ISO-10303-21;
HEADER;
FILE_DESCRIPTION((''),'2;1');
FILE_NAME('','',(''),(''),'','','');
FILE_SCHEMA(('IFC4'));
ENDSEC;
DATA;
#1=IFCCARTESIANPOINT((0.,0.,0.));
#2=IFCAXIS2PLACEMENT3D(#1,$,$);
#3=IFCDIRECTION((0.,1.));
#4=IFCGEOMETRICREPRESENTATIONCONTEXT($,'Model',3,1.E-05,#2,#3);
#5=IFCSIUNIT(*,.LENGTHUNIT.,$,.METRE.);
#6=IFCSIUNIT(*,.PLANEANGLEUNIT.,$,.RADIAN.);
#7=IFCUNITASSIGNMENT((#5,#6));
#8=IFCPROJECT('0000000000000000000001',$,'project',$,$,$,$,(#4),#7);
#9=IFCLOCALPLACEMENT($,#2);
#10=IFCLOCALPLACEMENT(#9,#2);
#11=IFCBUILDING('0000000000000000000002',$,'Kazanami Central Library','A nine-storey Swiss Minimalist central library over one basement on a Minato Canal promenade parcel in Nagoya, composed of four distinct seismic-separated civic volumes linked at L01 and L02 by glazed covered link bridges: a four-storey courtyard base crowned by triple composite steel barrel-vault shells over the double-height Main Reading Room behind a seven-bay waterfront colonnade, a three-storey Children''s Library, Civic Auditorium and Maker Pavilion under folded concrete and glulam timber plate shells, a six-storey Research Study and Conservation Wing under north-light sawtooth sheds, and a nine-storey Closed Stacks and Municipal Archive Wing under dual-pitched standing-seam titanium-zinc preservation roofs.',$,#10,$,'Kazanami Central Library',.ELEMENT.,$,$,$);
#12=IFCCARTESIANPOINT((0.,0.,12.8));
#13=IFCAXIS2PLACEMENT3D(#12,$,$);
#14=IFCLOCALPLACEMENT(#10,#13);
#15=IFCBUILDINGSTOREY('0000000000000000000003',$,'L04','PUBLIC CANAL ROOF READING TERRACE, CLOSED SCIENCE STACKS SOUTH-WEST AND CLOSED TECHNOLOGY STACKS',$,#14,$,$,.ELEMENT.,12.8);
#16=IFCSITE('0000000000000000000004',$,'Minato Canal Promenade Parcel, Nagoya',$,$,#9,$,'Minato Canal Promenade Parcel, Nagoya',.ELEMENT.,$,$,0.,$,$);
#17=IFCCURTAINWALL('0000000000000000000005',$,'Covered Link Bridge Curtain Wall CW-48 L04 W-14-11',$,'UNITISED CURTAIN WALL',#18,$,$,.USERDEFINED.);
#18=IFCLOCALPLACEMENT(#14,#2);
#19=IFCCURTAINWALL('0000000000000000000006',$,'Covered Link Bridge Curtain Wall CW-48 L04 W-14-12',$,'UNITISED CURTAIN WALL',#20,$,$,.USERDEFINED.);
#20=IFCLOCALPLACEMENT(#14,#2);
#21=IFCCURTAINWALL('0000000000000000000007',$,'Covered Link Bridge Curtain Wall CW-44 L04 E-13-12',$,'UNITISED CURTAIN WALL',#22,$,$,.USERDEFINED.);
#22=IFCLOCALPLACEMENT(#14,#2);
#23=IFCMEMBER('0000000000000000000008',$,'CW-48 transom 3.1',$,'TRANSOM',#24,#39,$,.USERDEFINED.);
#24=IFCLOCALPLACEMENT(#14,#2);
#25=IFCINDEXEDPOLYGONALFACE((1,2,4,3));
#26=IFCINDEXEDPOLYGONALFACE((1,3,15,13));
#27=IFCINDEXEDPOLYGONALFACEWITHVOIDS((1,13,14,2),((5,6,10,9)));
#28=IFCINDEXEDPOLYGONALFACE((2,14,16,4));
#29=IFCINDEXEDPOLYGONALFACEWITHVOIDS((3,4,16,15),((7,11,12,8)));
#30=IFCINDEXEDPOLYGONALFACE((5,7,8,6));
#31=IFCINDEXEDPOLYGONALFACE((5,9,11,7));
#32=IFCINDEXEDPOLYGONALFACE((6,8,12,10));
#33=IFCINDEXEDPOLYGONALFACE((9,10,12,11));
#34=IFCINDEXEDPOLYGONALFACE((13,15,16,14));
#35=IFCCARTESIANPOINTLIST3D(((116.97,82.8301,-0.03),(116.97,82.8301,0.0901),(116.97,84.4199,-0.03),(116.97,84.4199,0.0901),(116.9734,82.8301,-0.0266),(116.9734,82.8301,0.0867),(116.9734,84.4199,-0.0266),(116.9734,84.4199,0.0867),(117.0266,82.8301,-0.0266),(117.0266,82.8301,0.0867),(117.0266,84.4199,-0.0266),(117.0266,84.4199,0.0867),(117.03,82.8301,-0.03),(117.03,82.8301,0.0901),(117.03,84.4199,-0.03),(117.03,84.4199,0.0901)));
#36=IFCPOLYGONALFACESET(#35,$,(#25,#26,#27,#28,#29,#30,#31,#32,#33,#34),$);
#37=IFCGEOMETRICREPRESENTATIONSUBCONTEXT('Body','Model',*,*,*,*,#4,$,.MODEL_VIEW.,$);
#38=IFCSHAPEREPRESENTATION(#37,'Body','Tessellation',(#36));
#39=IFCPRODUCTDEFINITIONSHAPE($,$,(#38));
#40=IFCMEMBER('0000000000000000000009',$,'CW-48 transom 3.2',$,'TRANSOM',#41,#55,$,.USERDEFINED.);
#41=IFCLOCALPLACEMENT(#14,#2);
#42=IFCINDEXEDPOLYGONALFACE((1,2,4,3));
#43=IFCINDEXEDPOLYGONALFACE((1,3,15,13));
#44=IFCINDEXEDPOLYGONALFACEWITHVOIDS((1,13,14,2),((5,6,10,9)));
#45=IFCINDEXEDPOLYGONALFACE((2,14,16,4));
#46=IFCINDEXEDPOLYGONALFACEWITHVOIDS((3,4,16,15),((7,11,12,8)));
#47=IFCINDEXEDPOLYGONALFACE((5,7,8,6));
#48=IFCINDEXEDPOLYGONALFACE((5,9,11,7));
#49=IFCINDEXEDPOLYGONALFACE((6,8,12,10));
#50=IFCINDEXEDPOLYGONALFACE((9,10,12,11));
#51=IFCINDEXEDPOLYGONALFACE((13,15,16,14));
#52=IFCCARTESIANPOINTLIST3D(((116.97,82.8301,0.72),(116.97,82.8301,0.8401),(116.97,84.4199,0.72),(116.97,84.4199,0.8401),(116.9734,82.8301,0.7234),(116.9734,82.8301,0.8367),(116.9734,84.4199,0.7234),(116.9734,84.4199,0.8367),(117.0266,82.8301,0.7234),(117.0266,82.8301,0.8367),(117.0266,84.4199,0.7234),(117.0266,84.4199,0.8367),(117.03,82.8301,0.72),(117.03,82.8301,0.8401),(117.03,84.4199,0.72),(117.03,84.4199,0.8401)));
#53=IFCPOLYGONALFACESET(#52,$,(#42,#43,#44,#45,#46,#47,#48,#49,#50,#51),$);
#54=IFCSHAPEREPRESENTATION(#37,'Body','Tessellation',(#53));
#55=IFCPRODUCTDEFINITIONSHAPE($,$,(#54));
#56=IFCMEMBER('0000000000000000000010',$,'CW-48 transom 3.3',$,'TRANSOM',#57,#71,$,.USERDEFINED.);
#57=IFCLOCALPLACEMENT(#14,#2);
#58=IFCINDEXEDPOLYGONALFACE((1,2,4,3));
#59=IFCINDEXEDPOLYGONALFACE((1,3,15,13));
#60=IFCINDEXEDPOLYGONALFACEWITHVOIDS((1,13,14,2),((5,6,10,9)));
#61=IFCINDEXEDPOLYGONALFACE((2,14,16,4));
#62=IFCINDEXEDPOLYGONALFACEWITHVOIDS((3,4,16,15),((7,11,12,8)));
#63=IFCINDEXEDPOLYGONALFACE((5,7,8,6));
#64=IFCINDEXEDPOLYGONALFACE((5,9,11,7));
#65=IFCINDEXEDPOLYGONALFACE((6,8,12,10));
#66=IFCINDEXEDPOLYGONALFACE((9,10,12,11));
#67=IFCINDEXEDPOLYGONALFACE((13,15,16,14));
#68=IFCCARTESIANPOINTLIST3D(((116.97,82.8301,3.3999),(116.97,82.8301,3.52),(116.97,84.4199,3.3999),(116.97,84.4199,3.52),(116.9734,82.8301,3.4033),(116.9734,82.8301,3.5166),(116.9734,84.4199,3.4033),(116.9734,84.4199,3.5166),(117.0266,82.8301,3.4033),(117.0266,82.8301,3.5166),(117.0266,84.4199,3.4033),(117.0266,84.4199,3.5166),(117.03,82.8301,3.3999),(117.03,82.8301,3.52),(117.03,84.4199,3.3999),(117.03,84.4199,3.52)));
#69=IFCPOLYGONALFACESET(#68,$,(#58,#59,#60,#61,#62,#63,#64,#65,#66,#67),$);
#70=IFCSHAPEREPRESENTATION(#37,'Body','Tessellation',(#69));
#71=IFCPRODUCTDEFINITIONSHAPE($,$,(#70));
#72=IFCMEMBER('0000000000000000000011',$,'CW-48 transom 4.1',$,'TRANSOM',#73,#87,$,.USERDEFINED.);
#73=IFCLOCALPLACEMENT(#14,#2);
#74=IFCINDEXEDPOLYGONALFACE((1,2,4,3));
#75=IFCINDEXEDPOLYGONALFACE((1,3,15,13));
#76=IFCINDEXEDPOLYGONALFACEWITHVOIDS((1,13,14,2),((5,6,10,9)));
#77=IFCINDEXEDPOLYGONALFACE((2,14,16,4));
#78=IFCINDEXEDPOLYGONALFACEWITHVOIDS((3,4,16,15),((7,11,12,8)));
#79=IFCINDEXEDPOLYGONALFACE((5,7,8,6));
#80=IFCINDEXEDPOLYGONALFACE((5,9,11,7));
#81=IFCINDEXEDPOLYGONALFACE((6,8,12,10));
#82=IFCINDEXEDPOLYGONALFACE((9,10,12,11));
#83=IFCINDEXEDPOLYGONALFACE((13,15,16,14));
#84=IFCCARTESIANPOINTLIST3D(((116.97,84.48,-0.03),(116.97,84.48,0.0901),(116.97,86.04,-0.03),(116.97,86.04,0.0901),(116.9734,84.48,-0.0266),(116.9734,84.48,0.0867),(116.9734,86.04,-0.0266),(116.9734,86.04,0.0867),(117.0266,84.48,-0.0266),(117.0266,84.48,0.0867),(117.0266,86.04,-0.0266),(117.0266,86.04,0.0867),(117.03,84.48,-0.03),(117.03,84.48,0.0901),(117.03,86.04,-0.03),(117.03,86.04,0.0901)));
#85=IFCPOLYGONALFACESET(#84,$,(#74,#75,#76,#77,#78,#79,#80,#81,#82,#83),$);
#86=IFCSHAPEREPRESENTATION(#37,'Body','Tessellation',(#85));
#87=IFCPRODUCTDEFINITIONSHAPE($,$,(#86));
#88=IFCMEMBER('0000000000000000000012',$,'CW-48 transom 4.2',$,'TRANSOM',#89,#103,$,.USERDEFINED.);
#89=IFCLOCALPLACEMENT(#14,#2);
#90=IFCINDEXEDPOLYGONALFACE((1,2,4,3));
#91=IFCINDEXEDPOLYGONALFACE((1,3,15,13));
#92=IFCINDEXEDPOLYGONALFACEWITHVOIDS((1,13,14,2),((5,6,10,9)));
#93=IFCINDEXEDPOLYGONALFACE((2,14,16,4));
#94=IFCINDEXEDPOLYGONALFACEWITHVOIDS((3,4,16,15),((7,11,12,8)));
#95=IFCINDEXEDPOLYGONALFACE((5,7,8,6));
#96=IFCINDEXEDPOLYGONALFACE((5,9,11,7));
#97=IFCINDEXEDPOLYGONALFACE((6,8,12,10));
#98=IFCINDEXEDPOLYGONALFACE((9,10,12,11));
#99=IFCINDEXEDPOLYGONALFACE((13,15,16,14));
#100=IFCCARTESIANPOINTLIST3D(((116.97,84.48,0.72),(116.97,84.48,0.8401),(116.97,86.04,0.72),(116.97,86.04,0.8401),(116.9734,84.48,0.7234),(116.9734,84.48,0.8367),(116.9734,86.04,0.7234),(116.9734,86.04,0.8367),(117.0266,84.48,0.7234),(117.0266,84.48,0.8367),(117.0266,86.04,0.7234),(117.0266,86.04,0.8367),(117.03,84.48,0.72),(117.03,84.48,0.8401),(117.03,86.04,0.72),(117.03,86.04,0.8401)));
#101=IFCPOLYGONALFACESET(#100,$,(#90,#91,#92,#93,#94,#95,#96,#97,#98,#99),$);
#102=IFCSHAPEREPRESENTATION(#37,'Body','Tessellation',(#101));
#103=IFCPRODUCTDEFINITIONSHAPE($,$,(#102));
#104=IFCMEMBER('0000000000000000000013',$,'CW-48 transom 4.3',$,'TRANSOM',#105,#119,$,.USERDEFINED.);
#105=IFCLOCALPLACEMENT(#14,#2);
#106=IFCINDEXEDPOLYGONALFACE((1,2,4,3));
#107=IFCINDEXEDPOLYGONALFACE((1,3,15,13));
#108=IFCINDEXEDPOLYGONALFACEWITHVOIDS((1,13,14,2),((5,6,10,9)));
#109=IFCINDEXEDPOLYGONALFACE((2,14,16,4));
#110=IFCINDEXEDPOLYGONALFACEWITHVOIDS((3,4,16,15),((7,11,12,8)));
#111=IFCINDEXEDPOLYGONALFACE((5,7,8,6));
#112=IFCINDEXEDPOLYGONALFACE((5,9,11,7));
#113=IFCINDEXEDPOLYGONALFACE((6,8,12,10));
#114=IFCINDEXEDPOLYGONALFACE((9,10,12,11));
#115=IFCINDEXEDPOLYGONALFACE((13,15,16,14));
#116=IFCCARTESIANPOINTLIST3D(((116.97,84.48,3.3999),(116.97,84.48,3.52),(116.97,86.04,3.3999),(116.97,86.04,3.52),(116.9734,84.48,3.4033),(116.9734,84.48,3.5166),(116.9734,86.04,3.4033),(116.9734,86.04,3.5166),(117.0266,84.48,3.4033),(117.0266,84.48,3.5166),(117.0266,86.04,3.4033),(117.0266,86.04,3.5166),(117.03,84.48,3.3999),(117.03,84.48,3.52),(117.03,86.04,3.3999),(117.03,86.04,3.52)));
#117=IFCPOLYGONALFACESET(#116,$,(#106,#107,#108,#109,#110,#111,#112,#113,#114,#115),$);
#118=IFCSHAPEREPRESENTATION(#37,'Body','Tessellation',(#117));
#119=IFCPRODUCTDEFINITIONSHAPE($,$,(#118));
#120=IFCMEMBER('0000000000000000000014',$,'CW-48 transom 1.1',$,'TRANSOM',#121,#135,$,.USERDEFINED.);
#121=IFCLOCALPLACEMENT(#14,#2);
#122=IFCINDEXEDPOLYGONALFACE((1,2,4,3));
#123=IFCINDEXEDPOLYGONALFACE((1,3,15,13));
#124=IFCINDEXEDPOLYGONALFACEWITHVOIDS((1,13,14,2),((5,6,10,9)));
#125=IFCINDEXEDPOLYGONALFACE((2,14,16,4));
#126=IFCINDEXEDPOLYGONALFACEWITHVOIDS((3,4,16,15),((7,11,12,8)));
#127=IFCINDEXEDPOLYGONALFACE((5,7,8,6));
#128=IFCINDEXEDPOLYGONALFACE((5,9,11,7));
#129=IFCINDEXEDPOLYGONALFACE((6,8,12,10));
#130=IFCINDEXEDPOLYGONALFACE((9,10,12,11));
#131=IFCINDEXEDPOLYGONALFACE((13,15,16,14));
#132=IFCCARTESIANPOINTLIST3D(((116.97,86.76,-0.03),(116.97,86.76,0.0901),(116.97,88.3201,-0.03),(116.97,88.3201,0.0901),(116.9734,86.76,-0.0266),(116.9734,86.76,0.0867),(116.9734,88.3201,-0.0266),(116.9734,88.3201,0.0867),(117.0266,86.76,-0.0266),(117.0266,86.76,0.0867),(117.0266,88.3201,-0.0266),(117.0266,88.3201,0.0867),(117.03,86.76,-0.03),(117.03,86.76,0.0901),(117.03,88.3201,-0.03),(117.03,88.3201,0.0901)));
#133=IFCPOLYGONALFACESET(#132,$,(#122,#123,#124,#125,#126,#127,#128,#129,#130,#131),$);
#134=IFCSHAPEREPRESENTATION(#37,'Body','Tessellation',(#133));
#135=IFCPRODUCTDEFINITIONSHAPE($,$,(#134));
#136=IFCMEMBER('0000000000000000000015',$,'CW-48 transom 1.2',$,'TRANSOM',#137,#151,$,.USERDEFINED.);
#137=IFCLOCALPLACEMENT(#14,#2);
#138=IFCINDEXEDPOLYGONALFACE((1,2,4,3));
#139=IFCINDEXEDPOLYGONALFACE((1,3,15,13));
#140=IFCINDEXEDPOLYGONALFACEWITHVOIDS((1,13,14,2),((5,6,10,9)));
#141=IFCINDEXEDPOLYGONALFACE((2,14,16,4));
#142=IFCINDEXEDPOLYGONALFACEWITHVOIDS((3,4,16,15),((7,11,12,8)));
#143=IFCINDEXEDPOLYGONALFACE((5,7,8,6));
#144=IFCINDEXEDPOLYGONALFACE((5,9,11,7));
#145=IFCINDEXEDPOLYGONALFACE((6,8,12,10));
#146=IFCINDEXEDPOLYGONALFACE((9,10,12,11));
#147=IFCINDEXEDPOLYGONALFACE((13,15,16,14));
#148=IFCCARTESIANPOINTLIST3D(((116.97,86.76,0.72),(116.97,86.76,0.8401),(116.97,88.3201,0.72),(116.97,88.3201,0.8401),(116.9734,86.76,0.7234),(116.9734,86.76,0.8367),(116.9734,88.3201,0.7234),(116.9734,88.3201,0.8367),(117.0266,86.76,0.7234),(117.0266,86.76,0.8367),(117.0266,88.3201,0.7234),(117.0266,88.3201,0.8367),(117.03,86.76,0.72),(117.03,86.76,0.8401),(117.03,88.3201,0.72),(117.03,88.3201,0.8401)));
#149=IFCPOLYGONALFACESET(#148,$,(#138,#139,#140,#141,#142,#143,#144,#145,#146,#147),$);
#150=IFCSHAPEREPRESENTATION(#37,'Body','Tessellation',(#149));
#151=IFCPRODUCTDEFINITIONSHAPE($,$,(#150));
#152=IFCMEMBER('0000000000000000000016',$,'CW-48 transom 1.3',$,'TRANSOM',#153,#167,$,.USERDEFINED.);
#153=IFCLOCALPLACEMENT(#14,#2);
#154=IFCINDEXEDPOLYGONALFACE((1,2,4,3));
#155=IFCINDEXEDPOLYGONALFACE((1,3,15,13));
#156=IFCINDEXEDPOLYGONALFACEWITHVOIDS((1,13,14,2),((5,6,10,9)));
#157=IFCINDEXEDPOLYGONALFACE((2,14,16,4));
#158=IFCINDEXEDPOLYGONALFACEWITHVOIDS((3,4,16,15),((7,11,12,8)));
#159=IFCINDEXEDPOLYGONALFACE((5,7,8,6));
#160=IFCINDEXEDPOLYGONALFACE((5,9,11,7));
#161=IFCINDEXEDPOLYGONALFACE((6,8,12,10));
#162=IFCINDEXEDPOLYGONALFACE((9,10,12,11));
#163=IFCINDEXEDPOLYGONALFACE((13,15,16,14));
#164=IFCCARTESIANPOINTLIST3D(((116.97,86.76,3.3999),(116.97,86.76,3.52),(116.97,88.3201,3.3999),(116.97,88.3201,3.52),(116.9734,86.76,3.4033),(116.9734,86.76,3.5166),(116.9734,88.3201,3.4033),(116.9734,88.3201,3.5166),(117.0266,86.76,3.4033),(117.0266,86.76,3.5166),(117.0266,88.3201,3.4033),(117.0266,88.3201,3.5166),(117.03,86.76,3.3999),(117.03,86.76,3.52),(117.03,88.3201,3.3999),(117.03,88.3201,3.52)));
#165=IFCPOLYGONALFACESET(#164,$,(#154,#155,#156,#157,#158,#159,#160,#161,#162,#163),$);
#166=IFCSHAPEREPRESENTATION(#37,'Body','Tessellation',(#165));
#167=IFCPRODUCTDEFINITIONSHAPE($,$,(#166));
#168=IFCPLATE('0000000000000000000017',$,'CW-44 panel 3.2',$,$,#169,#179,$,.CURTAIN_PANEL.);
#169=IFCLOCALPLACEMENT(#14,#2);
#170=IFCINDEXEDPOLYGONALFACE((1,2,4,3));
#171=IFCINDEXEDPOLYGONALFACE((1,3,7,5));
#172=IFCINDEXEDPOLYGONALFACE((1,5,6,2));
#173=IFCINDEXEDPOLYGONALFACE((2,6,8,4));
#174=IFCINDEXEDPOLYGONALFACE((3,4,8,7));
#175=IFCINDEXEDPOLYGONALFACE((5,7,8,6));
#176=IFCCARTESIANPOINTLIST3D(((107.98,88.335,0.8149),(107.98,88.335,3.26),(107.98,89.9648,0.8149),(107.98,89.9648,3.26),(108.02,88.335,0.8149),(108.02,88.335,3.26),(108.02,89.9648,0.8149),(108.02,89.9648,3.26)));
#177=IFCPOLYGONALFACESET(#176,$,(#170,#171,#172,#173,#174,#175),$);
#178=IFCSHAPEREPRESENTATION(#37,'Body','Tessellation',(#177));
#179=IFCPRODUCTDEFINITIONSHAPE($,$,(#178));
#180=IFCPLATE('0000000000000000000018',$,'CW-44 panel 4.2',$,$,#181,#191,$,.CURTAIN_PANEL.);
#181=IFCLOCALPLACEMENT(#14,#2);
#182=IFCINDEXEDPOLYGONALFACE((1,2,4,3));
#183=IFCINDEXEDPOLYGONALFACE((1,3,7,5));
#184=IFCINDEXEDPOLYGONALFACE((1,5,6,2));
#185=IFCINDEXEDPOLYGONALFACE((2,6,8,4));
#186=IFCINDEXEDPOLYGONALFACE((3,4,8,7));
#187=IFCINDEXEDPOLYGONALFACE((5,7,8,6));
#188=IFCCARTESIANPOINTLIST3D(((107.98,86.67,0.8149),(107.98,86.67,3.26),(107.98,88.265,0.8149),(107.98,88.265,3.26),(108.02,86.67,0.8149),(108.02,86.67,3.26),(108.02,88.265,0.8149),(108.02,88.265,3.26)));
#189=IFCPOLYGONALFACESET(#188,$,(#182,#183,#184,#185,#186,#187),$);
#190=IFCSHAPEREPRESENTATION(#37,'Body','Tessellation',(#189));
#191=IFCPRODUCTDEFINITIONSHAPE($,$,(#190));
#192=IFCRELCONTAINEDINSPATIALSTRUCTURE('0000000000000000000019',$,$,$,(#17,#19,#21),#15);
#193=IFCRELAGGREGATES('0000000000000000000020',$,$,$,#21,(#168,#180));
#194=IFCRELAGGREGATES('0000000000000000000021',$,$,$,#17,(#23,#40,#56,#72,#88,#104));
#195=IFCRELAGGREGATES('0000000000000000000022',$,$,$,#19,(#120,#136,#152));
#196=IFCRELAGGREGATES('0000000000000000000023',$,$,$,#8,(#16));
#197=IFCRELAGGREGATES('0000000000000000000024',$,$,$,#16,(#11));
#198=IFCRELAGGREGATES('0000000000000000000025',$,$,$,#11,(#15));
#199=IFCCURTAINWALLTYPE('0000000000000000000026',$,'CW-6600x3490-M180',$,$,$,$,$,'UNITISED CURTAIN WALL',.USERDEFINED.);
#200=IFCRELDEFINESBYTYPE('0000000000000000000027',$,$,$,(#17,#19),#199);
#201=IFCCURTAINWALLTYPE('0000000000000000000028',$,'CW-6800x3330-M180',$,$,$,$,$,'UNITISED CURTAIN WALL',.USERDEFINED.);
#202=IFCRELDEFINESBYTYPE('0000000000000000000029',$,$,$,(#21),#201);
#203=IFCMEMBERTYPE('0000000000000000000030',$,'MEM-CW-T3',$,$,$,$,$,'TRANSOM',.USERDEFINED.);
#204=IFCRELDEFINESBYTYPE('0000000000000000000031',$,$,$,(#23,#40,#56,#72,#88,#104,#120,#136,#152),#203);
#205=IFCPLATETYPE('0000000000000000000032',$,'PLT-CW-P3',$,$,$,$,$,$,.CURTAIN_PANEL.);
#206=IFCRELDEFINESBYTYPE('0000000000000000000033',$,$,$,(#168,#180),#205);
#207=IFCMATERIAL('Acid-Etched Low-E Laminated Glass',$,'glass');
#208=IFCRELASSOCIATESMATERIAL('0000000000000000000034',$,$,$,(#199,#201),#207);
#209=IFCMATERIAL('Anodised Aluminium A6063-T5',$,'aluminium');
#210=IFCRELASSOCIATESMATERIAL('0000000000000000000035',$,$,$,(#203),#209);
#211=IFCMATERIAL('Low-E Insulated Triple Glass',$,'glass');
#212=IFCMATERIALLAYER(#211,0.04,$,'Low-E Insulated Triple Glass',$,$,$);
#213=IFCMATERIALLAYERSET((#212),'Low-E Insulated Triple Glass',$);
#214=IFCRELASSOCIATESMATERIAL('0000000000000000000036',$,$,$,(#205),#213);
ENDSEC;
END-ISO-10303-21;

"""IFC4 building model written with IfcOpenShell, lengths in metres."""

from ifc_helpers import new_model, si_unit, direction, frame, origin, origin_2d, place, context, subcontext, project, spatial, rectangle, hollow_rectangle, extrude, material, layer, layer_set, material_profile, profile_set, type_object, element, aggregate, save


model = new_model("IFC4")

# Units and contexts
model_context = context("Model", 3, precision=1e-05, world=origin(), true_north=direction((0.0, 1.0)))
body_context = subcontext(model_context, "Body", "Model", "MODEL_VIEW")
ifc_project = project(units=[si_unit("LENGTHUNIT", "METRE"), si_unit("PLANEANGLEUNIT", "RADIAN")], contexts=[model_context])

# Site, building, storey
site_placement = place(None, origin())
site = spatial("IfcSite", under=ifc_project, at=site_placement, Name="Minato Canal Promenade Parcel, Nagoya", LongName="Minato Canal Promenade Parcel, Nagoya", CompositionType="ELEMENT", RefElevation=0.0)
building_placement = place(site_placement, origin())
building = spatial("IfcBuilding", under=site, at=building_placement, Name="Kazanami Central Library", Description="A nine-storey Swiss Minimalist central library over one basement on a Minato Canal promenade parcel in Nagoya, composed of four distinct seismic-separated civic volumes linked at L01 and L02 by glazed covered link bridges: a four-storey courtyard base crowned by triple composite steel barrel-vault shells over the double-height Main Reading Room behind a seven-bay waterfront colonnade, a three-storey Children's Library, Civic Auditorium and Maker Pavilion under folded concrete and glulam timber plate shells, a six-storey Research Study and Conservation Wing under north-light sawtooth sheds, and a nine-storey Closed Stacks and Municipal Archive Wing under dual-pitched standing-seam titanium-zinc preservation roofs.", LongName="Kazanami Central Library", CompositionType="ELEMENT")
storey_placement = place(building_placement, frame((0.0, 0.0, 12.8)))
storey = spatial("IfcBuildingStorey", under=building, at=storey_placement, Name="L04", Description="PUBLIC CANAL ROOF READING TERRACE, CLOSED SCIENCE STACKS SOUTH-WEST AND CLOSED TECHNOLOGY STACKS", CompositionType="ELEMENT", Elevation=12.8)

# Curtain wall
ifc_material_1 = material(Name="Acid-Etched Low-E Laminated Glass", Category="glass")
curtain_wall_type_1 = type_object("IfcCurtainWallType", Name="CW-6600x3490-M180", ElementType="UNITISED CURTAIN WALL", PredefinedType="USERDEFINED", material=ifc_material_1)
curtain_wall_1_placement = place(storey_placement, origin())
curtain_wall_1 = element("IfcCurtainWall", 1, at=curtain_wall_1_placement, inside=storey, type_object=curtain_wall_type_1, Name="Covered Link Bridge Curtain Wall CW-48 L04 W-14-11", ObjectType="UNITISED CURTAIN WALL", PredefinedType="USERDEFINED")
ifc_material_2 = material(Name="Anodised Aluminium A6063-T5", Category="aluminium")

# Curtain wall
curtain_wall_2_placement = place(storey_placement, origin())
curtain_wall_2 = element("IfcCurtainWall", 2, at=curtain_wall_2_placement, inside=storey, type_object=curtain_wall_type_1, Name="Covered Link Bridge Curtain Wall CW-48 L04 W-14-12", ObjectType="UNITISED CURTAIN WALL", PredefinedType="USERDEFINED")

# Curtain wall
curtain_wall_type_2 = type_object("IfcCurtainWallType", Name="CW-6800x3330-M180", ElementType="UNITISED CURTAIN WALL", PredefinedType="USERDEFINED", material=ifc_material_1)
curtain_wall_3_placement = place(storey_placement, origin())
curtain_wall_3 = element("IfcCurtainWall", 3, at=curtain_wall_3_placement, inside=storey, type_object=curtain_wall_type_2, Name="Covered Link Bridge Curtain Wall CW-44 L04 E-13-12", ObjectType="UNITISED CURTAIN WALL", PredefinedType="USERDEFINED")

# Members
ifc_material_profile_1 = material_profile(ifc_material_2, hollow_rectangle(XDim=0.0601, YDim=0.1201, WallThickness=0.0034, at=origin_2d()), Name="ALU-TRAN-60x120x3.5")
ifc_profile_set_1 = profile_set([ifc_material_profile_1], Name="Anodised Aluminium A6063-T5")
member_type_1 = type_object("IfcMemberType", Name="MEM-CW-T3", ElementType="TRANSOM", PredefinedType="USERDEFINED", material=ifc_profile_set_1)
member_1_placement = place(storey_placement, frame((117.0, 82.8301, 0.03), z_axis=(0.0, 1.0, 0.0), x_axis=(-1.0, 0.0, 0.0)))
member_1 = element("IfcMember", 4, at=member_1_placement, type_object=member_type_1, Name="CW-48 transom 3.1", ObjectType="TRANSOM", PredefinedType="USERDEFINED", context=body_context, shape_type="SweptSolid", body=[
    extrude(hollow_rectangle(XDim=0.0601, YDim=0.1201, WallThickness=0.0034, at=origin_2d()), origin(), (0.0, 0.0, 1.0), 1.5898),
])
member_2_placement = place(storey_placement, frame((117.0, 82.8301, 0.78), z_axis=(0.0, 1.0, 0.0), x_axis=(-1.0, 0.0, 0.0)))
member_2 = element("IfcMember", 5, at=member_2_placement, type_object=member_type_1, Name="CW-48 transom 3.2", ObjectType="TRANSOM", PredefinedType="USERDEFINED", context=body_context, shape_type="SweptSolid", body=[
    extrude(hollow_rectangle(XDim=0.0601, YDim=0.1201, WallThickness=0.0034, at=origin_2d()), origin(), (0.0, 0.0, 1.0), 1.5898),
])
member_3_placement = place(storey_placement, frame((117.0, 82.8301, 3.46), z_axis=(0.0, 1.0, 0.0), x_axis=(-1.0, 0.0, 0.0)))
member_3 = element("IfcMember", 6, at=member_3_placement, type_object=member_type_1, Name="CW-48 transom 3.3", ObjectType="TRANSOM", PredefinedType="USERDEFINED", context=body_context, shape_type="SweptSolid", body=[
    extrude(hollow_rectangle(XDim=0.0601, YDim=0.1201, WallThickness=0.0034, at=origin_2d()), origin(), (0.0, 0.0, 1.0), 1.5898),
])
member_4_placement = place(storey_placement, frame((117.0, 84.48, 0.03), z_axis=(0.0, 1.0, 0.0), x_axis=(-1.0, 0.0, 0.0)))
member_4 = element("IfcMember", 7, at=member_4_placement, type_object=member_type_1, Name="CW-48 transom 4.1", ObjectType="TRANSOM", PredefinedType="USERDEFINED", context=body_context, shape_type="SweptSolid", body=[
    extrude(hollow_rectangle(XDim=0.0601, YDim=0.1201, WallThickness=0.0034, at=origin_2d()), origin(), (0.0, 0.0, 1.0), 1.5601),
])
member_5_placement = place(storey_placement, frame((117.0, 84.48, 0.78), z_axis=(0.0, 1.0, 0.0), x_axis=(-1.0, 0.0, 0.0)))
member_5 = element("IfcMember", 8, at=member_5_placement, type_object=member_type_1, Name="CW-48 transom 4.2", ObjectType="TRANSOM", PredefinedType="USERDEFINED", context=body_context, shape_type="SweptSolid", body=[
    extrude(hollow_rectangle(XDim=0.0601, YDim=0.1201, WallThickness=0.0034, at=origin_2d()), origin(), (0.0, 0.0, 1.0), 1.5601),
])
member_6_placement = place(storey_placement, frame((117.0, 84.48, 3.46), z_axis=(0.0, 1.0, 0.0), x_axis=(-1.0, 0.0, 0.0)))
member_6 = element("IfcMember", 9, at=member_6_placement, type_object=member_type_1, Name="CW-48 transom 4.3", ObjectType="TRANSOM", PredefinedType="USERDEFINED", context=body_context, shape_type="SweptSolid", body=[
    extrude(hollow_rectangle(XDim=0.0601, YDim=0.1201, WallThickness=0.0034, at=origin_2d()), origin(), (0.0, 0.0, 1.0), 1.5601),
])
member_7_placement = place(storey_placement, frame((117.0, 86.76, 0.03), z_axis=(0.0, 1.0, 0.0), x_axis=(-1.0, 0.0, 0.0)))
member_7 = element("IfcMember", 10, at=member_7_placement, type_object=member_type_1, Name="CW-48 transom 1.1", ObjectType="TRANSOM", PredefinedType="USERDEFINED", context=body_context, shape_type="SweptSolid", body=[
    extrude(hollow_rectangle(XDim=0.0601, YDim=0.1201, WallThickness=0.0034, at=origin_2d()), origin(), (0.0, 0.0, 1.0), 1.5601),
])
member_8_placement = place(storey_placement, frame((117.0, 86.76, 0.78), z_axis=(0.0, 1.0, 0.0), x_axis=(-1.0, 0.0, 0.0)))
member_8 = element("IfcMember", 11, at=member_8_placement, type_object=member_type_1, Name="CW-48 transom 1.2", ObjectType="TRANSOM", PredefinedType="USERDEFINED", context=body_context, shape_type="SweptSolid", body=[
    extrude(hollow_rectangle(XDim=0.0601, YDim=0.1201, WallThickness=0.0034, at=origin_2d()), origin(), (0.0, 0.0, 1.0), 1.5601),
])
member_9_placement = place(storey_placement, frame((117.0, 86.76, 3.46), z_axis=(0.0, 1.0, 0.0), x_axis=(-1.0, 0.0, 0.0)))
member_9 = element("IfcMember", 12, at=member_9_placement, type_object=member_type_1, Name="CW-48 transom 1.3", ObjectType="TRANSOM", PredefinedType="USERDEFINED", context=body_context, shape_type="SweptSolid", body=[
    extrude(hollow_rectangle(XDim=0.0601, YDim=0.1201, WallThickness=0.0034, at=origin_2d()), origin(), (0.0, 0.0, 1.0), 1.5601),
])

# Plates
ifc_material_3 = material(Name="Low-E Insulated Triple Glass", Category="glass")
ifc_layer_1 = layer(ifc_material_3, 0.04, Name="Low-E Insulated Triple Glass")
ifc_layer_set_1 = layer_set([ifc_layer_1], Name="Low-E Insulated Triple Glass")
plate_type_1 = type_object("IfcPlateType", Name="PLT-CW-P3", PredefinedType="CURTAIN_PANEL", material=ifc_layer_set_1)
plate_1_placement = place(storey_placement, frame((108.0, 89.1499, 0.8149), z_axis=(0.0, 0.0, 1.0), x_axis=(0.0, -1.0, 0.0)))
plate_1 = element("IfcPlate", 13, at=plate_1_placement, type_object=plate_type_1, Name="CW-44 panel 3.2", PredefinedType="CURTAIN_PANEL", context=body_context, shape_type="SweptSolid", body=[
    extrude(rectangle(XDim=1.6299, YDim=0.04, at=origin_2d()), origin(), (0.0, 0.0, 1.0), 2.4451),
])
plate_2_placement = place(storey_placement, frame((108.0, 87.4675, 0.8149), z_axis=(0.0, 0.0, 1.0), x_axis=(0.0, -1.0, 0.0)))
plate_2 = element("IfcPlate", 14, at=plate_2_placement, type_object=plate_type_1, Name="CW-44 panel 4.2", PredefinedType="CURTAIN_PANEL", context=body_context, shape_type="SweptSolid", body=[
    extrude(rectangle(XDim=1.595, YDim=0.04, at=origin_2d()), origin(), (0.0, 0.0, 1.0), 2.4451),
])
aggregate(curtain_wall_3, [plate_1, plate_2])
aggregate(curtain_wall_1, [member_1, member_2, member_3, member_4, member_5, member_6])
aggregate(curtain_wall_2, [member_7, member_8, member_9])

save(model, "model.ifc")
